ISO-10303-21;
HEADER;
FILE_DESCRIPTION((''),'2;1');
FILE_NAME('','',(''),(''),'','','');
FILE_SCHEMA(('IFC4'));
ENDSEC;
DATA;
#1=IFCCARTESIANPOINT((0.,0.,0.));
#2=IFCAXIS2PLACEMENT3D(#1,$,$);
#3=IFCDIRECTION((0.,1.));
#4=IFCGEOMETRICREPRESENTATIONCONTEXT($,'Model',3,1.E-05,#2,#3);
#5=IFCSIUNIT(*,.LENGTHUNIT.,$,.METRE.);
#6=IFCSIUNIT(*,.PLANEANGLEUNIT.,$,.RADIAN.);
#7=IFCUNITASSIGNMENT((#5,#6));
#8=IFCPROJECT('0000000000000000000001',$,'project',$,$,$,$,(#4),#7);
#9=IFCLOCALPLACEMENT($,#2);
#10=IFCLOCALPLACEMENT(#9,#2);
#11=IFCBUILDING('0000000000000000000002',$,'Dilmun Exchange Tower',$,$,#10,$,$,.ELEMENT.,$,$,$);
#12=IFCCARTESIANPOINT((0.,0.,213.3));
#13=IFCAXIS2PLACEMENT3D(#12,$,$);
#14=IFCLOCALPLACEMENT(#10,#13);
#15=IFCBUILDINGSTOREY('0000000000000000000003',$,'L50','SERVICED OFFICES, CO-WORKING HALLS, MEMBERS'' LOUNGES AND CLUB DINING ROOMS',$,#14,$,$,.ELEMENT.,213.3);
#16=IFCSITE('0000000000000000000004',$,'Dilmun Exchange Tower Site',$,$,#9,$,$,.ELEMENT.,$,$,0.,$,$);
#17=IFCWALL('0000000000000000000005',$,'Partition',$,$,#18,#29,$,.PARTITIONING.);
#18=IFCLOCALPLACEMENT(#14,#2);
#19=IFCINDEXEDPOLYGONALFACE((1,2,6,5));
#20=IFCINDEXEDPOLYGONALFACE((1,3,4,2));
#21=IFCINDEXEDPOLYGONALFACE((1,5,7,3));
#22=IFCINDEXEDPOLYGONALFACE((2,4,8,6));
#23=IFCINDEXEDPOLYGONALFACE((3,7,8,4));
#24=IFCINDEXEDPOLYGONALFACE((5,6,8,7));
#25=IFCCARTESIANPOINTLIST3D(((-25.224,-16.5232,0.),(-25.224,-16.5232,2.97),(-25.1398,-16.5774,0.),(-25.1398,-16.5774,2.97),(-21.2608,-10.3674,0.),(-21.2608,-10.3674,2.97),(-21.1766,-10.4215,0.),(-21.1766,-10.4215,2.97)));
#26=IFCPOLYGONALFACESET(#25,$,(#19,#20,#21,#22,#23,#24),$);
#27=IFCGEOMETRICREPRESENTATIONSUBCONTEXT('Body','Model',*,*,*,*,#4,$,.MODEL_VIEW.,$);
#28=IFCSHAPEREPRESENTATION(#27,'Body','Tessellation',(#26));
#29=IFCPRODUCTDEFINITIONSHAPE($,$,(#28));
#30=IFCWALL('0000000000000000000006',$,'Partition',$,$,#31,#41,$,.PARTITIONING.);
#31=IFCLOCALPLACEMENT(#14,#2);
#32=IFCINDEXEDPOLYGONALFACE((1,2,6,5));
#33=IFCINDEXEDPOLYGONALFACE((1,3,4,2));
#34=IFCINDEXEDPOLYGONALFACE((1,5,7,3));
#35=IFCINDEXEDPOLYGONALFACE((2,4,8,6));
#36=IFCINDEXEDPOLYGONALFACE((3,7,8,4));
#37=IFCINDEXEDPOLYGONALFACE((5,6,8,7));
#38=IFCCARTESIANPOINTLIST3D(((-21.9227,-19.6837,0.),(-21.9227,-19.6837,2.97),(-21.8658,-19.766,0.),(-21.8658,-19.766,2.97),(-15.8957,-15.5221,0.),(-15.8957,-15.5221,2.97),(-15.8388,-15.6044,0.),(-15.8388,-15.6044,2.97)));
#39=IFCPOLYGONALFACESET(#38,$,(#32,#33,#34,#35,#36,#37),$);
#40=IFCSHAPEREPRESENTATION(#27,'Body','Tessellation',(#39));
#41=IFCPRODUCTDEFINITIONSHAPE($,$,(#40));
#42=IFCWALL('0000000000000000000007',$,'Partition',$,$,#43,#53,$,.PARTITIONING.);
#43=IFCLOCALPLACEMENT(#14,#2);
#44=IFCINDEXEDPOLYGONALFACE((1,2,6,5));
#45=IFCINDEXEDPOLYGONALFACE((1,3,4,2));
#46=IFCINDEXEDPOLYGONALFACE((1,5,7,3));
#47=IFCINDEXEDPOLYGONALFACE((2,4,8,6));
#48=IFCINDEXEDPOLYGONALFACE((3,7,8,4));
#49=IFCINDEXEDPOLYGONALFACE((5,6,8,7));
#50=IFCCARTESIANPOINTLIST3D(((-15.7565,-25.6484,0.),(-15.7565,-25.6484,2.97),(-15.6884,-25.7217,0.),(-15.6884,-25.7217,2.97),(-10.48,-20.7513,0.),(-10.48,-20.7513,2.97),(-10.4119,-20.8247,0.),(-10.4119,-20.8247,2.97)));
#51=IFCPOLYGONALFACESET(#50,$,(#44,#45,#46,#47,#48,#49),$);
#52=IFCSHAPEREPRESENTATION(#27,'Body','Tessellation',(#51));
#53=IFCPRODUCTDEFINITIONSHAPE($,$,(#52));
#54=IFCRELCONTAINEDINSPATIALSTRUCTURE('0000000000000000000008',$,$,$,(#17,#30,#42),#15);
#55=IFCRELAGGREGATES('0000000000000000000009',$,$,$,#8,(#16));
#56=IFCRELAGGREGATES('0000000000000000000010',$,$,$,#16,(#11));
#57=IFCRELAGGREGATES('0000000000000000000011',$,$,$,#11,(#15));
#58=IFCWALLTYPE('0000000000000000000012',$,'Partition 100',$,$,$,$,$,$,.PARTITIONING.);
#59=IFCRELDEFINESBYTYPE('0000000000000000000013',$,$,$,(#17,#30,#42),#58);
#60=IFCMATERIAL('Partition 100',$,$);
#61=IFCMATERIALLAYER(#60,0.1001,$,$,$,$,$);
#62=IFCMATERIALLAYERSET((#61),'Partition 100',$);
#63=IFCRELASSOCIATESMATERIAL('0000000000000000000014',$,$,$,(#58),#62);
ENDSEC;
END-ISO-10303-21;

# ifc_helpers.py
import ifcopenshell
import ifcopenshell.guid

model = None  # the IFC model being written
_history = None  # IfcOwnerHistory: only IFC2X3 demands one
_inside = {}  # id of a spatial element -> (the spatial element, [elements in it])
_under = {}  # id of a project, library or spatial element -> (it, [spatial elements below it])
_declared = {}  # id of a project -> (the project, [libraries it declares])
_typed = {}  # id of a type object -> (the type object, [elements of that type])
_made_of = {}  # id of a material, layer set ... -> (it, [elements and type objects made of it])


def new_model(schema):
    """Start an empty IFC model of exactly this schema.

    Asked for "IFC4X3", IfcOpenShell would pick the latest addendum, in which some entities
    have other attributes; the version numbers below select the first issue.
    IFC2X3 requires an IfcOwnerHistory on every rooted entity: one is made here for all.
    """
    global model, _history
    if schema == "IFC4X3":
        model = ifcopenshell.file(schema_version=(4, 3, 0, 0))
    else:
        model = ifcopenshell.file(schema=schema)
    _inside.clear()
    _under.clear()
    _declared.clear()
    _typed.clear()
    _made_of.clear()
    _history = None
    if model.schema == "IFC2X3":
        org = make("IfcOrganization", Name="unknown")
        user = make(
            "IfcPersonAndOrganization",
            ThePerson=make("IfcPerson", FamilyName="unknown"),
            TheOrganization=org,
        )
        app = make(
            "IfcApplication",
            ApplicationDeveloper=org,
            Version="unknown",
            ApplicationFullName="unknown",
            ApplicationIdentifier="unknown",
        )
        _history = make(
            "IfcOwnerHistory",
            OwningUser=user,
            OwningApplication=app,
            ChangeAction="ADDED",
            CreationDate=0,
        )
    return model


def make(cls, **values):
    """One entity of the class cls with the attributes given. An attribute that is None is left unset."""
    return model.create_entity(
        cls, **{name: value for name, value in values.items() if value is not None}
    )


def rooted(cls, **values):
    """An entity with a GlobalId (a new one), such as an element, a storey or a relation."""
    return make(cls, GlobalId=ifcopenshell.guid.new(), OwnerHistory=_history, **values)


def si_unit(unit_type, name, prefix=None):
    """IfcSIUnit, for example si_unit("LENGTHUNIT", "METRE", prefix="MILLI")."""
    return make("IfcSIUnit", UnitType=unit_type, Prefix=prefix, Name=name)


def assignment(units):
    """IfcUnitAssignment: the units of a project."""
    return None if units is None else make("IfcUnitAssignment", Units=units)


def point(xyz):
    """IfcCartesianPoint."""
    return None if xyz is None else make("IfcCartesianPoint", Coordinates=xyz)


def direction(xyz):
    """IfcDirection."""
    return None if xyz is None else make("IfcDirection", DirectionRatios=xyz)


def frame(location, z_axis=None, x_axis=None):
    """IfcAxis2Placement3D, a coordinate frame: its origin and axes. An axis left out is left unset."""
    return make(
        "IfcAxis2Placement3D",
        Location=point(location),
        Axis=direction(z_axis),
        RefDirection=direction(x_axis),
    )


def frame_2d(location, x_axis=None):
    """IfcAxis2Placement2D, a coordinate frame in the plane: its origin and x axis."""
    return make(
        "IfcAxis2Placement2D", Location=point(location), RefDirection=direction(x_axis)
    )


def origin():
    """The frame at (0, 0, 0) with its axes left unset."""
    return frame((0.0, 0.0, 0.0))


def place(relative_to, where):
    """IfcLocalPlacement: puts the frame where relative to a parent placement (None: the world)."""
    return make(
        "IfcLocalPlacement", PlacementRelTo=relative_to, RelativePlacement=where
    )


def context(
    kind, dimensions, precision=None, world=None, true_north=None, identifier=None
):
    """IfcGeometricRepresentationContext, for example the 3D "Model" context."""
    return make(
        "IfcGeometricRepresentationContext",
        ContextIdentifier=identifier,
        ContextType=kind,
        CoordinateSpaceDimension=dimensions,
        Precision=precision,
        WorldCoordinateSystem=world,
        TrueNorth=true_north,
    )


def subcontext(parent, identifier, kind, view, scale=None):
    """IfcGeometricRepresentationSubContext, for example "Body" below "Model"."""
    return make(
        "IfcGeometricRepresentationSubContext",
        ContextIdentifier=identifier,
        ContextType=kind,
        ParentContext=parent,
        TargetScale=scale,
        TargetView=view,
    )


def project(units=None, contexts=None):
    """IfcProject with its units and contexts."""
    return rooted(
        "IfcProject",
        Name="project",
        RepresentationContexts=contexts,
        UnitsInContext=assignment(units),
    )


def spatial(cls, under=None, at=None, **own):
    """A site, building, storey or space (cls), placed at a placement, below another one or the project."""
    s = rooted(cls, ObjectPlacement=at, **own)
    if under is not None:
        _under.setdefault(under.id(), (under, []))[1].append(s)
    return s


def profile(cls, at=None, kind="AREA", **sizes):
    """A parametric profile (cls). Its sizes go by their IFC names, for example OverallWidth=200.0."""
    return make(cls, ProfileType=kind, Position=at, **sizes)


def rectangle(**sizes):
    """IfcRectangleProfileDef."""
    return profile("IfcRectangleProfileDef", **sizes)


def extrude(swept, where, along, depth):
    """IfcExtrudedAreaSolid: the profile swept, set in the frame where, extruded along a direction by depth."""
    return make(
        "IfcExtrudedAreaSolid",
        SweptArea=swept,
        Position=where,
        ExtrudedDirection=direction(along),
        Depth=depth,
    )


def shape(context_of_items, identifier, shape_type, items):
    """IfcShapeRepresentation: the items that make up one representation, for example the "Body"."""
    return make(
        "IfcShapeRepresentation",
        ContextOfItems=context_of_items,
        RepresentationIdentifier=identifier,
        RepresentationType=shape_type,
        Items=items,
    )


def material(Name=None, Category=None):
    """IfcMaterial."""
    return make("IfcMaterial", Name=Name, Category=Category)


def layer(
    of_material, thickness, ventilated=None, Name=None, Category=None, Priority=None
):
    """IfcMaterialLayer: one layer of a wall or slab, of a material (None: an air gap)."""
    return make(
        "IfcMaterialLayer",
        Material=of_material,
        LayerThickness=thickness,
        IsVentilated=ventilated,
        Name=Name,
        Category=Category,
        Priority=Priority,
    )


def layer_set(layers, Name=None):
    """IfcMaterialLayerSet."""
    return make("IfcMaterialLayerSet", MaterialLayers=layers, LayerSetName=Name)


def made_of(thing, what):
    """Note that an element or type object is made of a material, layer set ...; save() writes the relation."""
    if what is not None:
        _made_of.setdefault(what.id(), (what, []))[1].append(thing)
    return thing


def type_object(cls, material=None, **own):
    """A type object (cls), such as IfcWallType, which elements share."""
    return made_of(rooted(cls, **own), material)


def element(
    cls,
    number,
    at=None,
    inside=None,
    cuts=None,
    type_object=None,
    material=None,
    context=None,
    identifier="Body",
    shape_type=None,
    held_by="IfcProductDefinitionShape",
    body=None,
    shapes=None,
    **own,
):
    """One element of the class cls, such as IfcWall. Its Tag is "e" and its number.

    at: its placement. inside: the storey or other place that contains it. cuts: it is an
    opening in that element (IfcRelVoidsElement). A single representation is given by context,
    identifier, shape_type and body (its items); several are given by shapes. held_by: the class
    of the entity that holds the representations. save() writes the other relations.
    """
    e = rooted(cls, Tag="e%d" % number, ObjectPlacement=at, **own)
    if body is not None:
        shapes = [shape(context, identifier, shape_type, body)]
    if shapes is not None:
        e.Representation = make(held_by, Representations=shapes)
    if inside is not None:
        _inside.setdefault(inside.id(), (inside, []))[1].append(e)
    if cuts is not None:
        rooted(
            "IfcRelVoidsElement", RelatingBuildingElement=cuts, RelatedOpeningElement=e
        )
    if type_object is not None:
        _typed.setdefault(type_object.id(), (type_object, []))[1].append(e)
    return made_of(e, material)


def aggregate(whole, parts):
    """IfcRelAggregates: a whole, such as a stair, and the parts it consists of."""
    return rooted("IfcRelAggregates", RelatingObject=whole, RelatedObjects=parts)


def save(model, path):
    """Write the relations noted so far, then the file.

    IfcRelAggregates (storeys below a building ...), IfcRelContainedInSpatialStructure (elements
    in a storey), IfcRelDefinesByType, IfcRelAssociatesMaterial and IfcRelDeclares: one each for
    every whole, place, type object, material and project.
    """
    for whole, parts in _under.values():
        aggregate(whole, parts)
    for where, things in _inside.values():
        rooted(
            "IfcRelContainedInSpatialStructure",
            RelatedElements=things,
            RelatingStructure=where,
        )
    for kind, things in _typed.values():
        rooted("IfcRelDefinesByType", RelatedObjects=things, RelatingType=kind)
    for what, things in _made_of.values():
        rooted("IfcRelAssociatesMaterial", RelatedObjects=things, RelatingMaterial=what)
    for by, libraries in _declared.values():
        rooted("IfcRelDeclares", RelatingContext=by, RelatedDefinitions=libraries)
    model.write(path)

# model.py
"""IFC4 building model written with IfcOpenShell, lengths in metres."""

from ifc_helpers import new_model, si_unit, direction, frame, frame_2d, origin, place, context, subcontext, project, spatial, rectangle, extrude, material, layer, layer_set, type_object, element, save


model = new_model("IFC4")

# Units and contexts
model_context = context("Model", 3, precision=1e-05, world=origin(), true_north=direction((0.0, 1.0)))
body_context = subcontext(model_context, "Body", "Model", "MODEL_VIEW")
ifc_project = project(units=[si_unit("LENGTHUNIT", "METRE"), si_unit("PLANEANGLEUNIT", "RADIAN")], contexts=[model_context])

# Site, building, storey
site_placement = place(None, origin())
site = spatial("IfcSite", under=ifc_project, at=site_placement, Name="Dilmun Exchange Tower Site", CompositionType="ELEMENT", RefElevation=0.0)
building_placement = place(site_placement, origin())
building = spatial("IfcBuilding", under=site, at=building_placement, Name="Dilmun Exchange Tower", CompositionType="ELEMENT")
storey_placement = place(building_placement, frame((0.0, 0.0, 213.3)))
storey = spatial("IfcBuildingStorey", under=building, at=storey_placement, Name="L50", Description="SERVICED OFFICES, CO-WORKING HALLS, MEMBERS' LOUNGES AND CLUB DINING ROOMS", CompositionType="ELEMENT", Elevation=213.3)

# Walls
ifc_material_1 = material(Name="Partition 100")
ifc_layer_1 = layer(ifc_material_1, 0.1001)
ifc_layer_set_1 = layer_set([ifc_layer_1], Name="Partition 100")
wall_type_1 = type_object("IfcWallType", Name="Partition 100", PredefinedType="PARTITIONING", material=ifc_layer_set_1)
wall_1_placement = place(storey_placement, frame((-25.1819, -16.5503, 0.0), z_axis=(0.0, 0.0, 1.0), x_axis=(0.541324, 0.840814, 0.0)))
element("IfcWall", 1, at=wall_1_placement, inside=storey, type_object=wall_type_1, Name="Partition", PredefinedType="PARTITIONING", context=body_context, shape_type="SweptSolid", body=[
    extrude(rectangle(XDim=7.3213, YDim=0.1001, at=frame_2d((3.6606, 0.0))), origin(), (0.0, 0.0, 1.0), 2.97),
])
wall_2_placement = place(storey_placement, frame((-21.8943, -19.7249, 0.0), z_axis=(0.0, 0.0, 1.0), x_axis=(0.822894, 0.568196, 0.0)))
element("IfcWall", 2, at=wall_2_placement, inside=storey, type_object=wall_type_1, Name="Partition", PredefinedType="PARTITIONING", context=body_context, shape_type="SweptSolid", body=[
    extrude(rectangle(XDim=7.3242, YDim=0.1001, at=frame_2d((3.6621, 0.0))), origin(), (0.0, 0.0, 1.0), 2.97),
])
wall_3_placement = place(storey_placement, frame((-15.7224, -25.6851, 0.0), z_axis=(0.0, 0.0, 1.0), x_axis=(0.732967, 0.680264, 0.0)))
element("IfcWall", 3, at=wall_3_placement, inside=storey, type_object=wall_type_1, Name="Partition", PredefinedType="PARTITIONING", context=body_context, shape_type="SweptSolid", body=[
    extrude(rectangle(XDim=7.1987, YDim=0.1001, at=frame_2d((3.5994, 0.0))), origin(), (0.0, 0.0, 1.0), 2.97),
])

save(model, "model.ifc")
